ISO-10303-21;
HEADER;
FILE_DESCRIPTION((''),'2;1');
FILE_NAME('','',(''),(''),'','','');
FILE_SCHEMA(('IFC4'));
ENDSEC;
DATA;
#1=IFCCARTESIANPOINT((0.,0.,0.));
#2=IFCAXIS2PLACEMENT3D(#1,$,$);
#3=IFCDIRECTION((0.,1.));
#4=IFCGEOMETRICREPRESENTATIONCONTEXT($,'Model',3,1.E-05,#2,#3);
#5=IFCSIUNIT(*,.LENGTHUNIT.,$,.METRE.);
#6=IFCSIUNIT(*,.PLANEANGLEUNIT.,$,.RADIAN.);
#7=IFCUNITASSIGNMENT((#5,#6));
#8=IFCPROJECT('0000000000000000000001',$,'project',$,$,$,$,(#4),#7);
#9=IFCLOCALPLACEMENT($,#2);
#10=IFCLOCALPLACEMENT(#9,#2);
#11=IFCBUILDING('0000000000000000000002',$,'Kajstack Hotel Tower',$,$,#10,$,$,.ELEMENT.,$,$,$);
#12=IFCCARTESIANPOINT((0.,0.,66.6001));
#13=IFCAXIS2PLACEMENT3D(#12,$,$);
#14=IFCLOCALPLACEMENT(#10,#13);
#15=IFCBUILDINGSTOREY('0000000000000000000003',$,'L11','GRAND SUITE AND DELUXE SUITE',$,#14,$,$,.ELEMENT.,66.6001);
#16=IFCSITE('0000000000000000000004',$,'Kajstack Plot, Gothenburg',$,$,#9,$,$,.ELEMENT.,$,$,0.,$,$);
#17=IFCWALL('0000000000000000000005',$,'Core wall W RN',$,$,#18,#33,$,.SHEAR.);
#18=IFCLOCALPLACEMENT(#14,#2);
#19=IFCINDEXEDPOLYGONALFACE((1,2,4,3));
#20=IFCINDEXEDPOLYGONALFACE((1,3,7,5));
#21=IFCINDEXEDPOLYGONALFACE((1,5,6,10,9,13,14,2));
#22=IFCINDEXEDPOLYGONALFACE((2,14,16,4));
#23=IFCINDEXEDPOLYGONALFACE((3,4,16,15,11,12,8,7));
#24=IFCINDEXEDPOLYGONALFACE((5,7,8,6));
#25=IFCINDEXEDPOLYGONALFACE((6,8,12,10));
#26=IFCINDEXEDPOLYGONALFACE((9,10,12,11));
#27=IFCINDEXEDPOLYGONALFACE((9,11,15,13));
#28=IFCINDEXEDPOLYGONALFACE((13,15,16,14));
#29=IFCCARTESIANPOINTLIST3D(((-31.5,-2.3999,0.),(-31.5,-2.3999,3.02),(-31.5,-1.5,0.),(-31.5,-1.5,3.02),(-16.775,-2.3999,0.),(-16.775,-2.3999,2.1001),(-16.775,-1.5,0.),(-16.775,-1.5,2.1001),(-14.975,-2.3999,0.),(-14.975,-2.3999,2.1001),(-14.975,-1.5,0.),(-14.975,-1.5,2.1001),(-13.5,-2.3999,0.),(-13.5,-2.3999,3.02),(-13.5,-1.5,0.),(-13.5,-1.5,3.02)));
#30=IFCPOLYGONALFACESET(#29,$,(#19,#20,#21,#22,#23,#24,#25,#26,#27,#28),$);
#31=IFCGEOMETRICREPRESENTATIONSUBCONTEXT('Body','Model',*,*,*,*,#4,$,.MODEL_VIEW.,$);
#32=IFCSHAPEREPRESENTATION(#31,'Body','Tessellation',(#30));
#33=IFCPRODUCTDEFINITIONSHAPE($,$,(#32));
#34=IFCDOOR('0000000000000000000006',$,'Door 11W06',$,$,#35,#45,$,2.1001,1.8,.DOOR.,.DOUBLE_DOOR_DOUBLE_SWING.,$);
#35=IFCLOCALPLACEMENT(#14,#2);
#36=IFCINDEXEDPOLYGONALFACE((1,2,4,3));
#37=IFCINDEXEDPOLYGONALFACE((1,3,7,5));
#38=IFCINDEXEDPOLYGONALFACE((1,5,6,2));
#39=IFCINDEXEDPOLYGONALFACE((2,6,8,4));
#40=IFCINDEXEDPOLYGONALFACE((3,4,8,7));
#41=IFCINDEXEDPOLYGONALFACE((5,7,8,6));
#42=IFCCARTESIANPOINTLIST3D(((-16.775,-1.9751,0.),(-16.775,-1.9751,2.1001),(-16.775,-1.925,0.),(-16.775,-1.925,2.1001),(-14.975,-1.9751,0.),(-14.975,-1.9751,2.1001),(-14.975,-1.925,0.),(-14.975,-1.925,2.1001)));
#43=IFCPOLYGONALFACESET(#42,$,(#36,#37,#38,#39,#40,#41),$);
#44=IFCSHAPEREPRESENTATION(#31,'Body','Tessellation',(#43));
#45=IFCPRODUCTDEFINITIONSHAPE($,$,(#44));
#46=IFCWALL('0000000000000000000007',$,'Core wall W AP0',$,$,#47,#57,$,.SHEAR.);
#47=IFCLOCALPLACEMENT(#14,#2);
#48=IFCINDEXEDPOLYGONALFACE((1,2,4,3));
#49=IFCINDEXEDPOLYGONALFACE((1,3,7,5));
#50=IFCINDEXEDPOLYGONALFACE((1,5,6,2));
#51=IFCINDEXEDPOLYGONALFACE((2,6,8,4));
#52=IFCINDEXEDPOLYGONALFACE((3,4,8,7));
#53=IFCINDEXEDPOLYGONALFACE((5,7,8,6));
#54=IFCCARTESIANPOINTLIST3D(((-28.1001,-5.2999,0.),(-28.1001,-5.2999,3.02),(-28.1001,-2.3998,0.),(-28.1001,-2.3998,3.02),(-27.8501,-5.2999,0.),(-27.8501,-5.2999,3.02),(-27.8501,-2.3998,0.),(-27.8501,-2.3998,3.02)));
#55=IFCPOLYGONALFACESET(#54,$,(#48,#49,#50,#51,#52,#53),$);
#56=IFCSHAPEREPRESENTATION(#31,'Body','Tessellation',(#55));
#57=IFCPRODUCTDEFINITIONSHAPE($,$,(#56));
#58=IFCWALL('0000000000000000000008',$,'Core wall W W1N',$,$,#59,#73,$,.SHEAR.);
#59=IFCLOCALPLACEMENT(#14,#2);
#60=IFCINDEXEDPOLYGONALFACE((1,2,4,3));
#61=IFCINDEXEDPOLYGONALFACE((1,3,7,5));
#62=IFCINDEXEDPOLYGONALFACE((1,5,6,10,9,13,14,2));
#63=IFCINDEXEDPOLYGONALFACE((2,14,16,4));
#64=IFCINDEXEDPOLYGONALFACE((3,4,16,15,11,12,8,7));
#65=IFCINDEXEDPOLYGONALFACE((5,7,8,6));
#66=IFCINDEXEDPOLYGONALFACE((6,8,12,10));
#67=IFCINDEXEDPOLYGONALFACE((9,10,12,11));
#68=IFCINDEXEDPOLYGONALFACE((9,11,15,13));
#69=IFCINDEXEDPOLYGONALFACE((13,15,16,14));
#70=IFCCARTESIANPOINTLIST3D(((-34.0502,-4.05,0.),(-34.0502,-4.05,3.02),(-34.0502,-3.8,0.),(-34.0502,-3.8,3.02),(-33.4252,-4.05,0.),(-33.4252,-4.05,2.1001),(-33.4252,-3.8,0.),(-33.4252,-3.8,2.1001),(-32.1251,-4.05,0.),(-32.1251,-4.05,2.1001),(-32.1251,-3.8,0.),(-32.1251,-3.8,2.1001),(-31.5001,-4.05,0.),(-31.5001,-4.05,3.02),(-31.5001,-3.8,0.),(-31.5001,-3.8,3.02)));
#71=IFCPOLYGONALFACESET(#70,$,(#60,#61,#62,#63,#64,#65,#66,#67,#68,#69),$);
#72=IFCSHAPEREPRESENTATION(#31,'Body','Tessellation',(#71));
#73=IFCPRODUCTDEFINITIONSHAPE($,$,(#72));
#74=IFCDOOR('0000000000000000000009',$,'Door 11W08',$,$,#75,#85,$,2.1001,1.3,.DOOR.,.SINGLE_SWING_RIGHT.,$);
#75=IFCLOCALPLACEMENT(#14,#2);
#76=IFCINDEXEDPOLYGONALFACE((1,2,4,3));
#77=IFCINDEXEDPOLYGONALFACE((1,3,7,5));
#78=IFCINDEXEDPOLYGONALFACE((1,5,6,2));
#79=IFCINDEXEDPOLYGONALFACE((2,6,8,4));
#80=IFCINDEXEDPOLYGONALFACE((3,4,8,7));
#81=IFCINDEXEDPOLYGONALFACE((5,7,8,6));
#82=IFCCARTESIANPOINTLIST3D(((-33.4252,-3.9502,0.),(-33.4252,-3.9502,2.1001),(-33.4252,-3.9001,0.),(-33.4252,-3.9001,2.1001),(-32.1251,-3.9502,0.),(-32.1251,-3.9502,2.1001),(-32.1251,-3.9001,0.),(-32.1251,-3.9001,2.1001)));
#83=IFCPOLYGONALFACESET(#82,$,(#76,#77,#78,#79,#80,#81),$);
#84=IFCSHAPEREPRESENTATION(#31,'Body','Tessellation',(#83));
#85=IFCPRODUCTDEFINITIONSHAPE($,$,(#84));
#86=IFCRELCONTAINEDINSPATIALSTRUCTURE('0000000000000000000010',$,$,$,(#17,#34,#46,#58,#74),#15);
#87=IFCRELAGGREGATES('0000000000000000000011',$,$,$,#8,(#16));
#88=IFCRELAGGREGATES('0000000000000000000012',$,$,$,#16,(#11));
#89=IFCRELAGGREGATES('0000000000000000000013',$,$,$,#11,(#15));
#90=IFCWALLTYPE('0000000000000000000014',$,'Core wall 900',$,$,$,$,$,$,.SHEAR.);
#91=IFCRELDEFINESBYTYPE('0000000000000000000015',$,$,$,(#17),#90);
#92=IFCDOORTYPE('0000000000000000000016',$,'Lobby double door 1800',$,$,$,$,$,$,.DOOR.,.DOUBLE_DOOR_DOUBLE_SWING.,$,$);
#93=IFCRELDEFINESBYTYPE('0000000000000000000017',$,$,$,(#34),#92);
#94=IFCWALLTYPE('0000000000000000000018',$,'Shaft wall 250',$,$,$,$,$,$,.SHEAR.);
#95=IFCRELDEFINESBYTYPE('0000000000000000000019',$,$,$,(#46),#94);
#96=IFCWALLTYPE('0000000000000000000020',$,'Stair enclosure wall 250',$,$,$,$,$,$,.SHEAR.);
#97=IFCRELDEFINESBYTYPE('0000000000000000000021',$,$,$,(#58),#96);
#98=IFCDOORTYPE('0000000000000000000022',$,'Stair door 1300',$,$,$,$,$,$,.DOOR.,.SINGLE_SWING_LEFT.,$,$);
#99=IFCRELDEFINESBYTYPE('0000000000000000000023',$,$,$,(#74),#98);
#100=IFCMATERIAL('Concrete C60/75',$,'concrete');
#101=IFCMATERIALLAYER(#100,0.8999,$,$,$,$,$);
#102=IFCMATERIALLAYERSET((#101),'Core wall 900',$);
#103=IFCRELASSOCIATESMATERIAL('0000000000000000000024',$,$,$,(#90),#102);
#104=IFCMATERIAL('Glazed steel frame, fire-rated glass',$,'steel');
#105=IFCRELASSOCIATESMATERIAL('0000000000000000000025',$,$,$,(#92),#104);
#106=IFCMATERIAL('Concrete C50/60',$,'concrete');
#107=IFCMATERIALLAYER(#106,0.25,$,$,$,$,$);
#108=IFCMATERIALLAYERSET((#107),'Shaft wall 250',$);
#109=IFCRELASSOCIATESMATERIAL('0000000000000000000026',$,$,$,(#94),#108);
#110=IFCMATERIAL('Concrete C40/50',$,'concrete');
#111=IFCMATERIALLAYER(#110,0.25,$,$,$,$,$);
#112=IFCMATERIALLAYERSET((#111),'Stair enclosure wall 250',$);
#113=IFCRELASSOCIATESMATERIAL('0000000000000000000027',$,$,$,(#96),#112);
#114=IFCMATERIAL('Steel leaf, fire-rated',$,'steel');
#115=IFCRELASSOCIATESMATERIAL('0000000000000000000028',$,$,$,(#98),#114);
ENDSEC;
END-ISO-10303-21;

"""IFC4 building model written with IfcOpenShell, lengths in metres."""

from ifc_helpers import new_model, si_unit, direction, frame, frame_2d, origin, place, context, subcontext, project, spatial, rectangle, extrude, material, layer, layer_set, type_object, element, fill, save


model = new_model("IFC4")

# Units and contexts
model_context = context("Model", 3, precision=1e-05, world=origin(), true_north=direction((0.0, 1.0)))
body_context = subcontext(model_context, "Body", "Model", "MODEL_VIEW")
ifc_project = project(units=[si_unit("LENGTHUNIT", "METRE"), si_unit("PLANEANGLEUNIT", "RADIAN")], contexts=[model_context])

# Site, building, storey
site_placement = place(None, origin())
site = spatial("IfcSite", under=ifc_project, at=site_placement, Name="Kajstack Plot, Gothenburg", CompositionType="ELEMENT", RefElevation=0.0)
building_placement = place(site_placement, origin())
building = spatial("IfcBuilding", under=site, at=building_placement, Name="Kajstack Hotel Tower", CompositionType="ELEMENT")
storey_placement = place(building_placement, frame((0.0, 0.0, 66.6001)))
storey = spatial("IfcBuildingStorey", under=building, at=storey_placement, Name="L11", Description="GRAND SUITE AND DELUXE SUITE", CompositionType="ELEMENT", Elevation=66.6001)

# Wall, opening, door
ifc_material_1 = material(Name="Concrete C60/75", Category="concrete")
ifc_layer_1 = layer(ifc_material_1, 0.8999)
ifc_layer_set_1 = layer_set([ifc_layer_1], Name="Core wall 900")
wall_type_1 = type_object("IfcWallType", Name="Core wall 900", PredefinedType="SHEAR", material=ifc_layer_set_1)
wall_1_placement = place(storey_placement, frame((-31.5, -1.95, 0.0), z_axis=(0.0, 0.0, 1.0), x_axis=(1.0, 0.0, 0.0)))
wall_1 = element("IfcWall", 1, at=wall_1_placement, inside=storey, type_object=wall_type_1, Name="Core wall W RN", PredefinedType="SHEAR", context=body_context, shape_type="SweptSolid", body=[
    extrude(rectangle(XDim=18.0, YDim=0.8999, at=frame_2d((9.0, 0.0))), origin(), (0.0, 0.0, 1.0), 3.02),
])
opening_1_placement = place(wall_1_placement, frame((14.7251, 0.0, 0.0)))
opening_1 = element("IfcOpeningElement", 2, at=opening_1_placement, cuts=wall_1, PredefinedType="OPENING", context=body_context, shape_type="SweptSolid", body=[
    extrude(rectangle(XDim=1.8, YDim=2.1001, at=frame_2d((0.8999, 1.05))), frame((0.0, 0.46, 0.0), z_axis=(0.0, -1.0, 0.0), x_axis=(1.0, 0.0, 0.0)), (0.0, 0.0, 1.0), 0.9199),
])
ifc_material_2 = material(Name="Glazed steel frame, fire-rated glass", Category="steel")
door_type_1 = type_object("IfcDoorType", Name="Lobby double door 1800", OperationType="DOUBLE_DOOR_DOUBLE_SWING", PredefinedType="DOOR", material=ifc_material_2)
door_1_placement = place(opening_1_placement, origin())
door_1 = element("IfcDoor", 3, at=door_1_placement, inside=storey, type_object=door_type_1, Name="Door 11W06", OperationType="DOUBLE_DOOR_DOUBLE_SWING", OverallHeight=2.1001, OverallWidth=1.8, PredefinedType="DOOR", context=body_context, shape_type="SweptSolid", body=[
    extrude(rectangle(XDim=1.8, YDim=2.1001, at=frame_2d((0.8999, 1.05))), frame((0.0, 0.0249, 0.0), z_axis=(0.0, -1.0, 0.0), x_axis=(1.0, 0.0, 0.0)), (0.0, 0.0, 1.0), 0.05),
])
fill(opening_1, door_1)

# Wall
ifc_material_3 = material(Name="Concrete C50/60", Category="concrete")
ifc_layer_2 = layer(ifc_material_3, 0.25)
ifc_layer_set_2 = layer_set([ifc_layer_2], Name="Shaft wall 250")
wall_type_2 = type_object("IfcWallType", Name="Shaft wall 250", PredefinedType="SHEAR", material=ifc_layer_set_2)
wall_2_placement = place(storey_placement, frame((-27.9751, -5.3, 0.0), z_axis=(0.0, 0.0, 1.0), x_axis=(0.0, 1.0, 0.0)))
element("IfcWall", 4, at=wall_2_placement, inside=storey, type_object=wall_type_2, Name="Core wall W AP0", PredefinedType="SHEAR", context=body_context, shape_type="SweptSolid", body=[
    extrude(rectangle(XDim=2.9001, YDim=0.25, at=frame_2d((1.4502, 0.0))), origin(), (0.0, 0.0, 1.0), 3.02),
])

# Wall, opening, door
ifc_material_4 = material(Name="Concrete C40/50", Category="concrete")
ifc_layer_3 = layer(ifc_material_4, 0.25)
ifc_layer_set_3 = layer_set([ifc_layer_3], Name="Stair enclosure wall 250")
wall_type_3 = type_object("IfcWallType", Name="Stair enclosure wall 250", PredefinedType="SHEAR", material=ifc_layer_set_3)
wall_3_placement = place(storey_placement, frame((-34.05, -3.925, 0.0), z_axis=(0.0, 0.0, 1.0), x_axis=(1.0, 0.0, 0.0)))
wall_3 = element("IfcWall", 5, at=wall_3_placement, inside=storey, type_object=wall_type_3, Name="Core wall W W1N", PredefinedType="SHEAR", context=body_context, shape_type="SweptSolid", body=[
    extrude(rectangle(XDim=2.55, YDim=0.25, at=frame_2d((1.2749, 0.0))), origin(), (0.0, 0.0, 1.0), 3.02),
])
opening_2_placement = place(wall_3_placement, frame((0.625, 0.0, 0.0)))
opening_2 = element("IfcOpeningElement", 6, at=opening_2_placement, cuts=wall_3, PredefinedType="OPENING", context=body_context, shape_type="SweptSolid", body=[
    extrude(rectangle(XDim=1.3, YDim=2.1001, at=frame_2d((0.6499, 1.05))), frame((0.0, 0.135, 0.0), z_axis=(0.0, -1.0, 0.0), x_axis=(1.0, 0.0, 0.0)), (0.0, 0.0, 1.0), 0.27),
])
ifc_material_5 = material(Name="Steel leaf, fire-rated", Category="steel")
door_type_2 = type_object("IfcDoorType", Name="Stair door 1300", OperationType="SINGLE_SWING_LEFT", PredefinedType="DOOR", material=ifc_material_5)
door_2_placement = place(opening_2_placement, origin())
door_2 = element("IfcDoor", 7, at=door_2_placement, inside=storey, type_object=door_type_2, Name="Door 11W08", OperationType="SINGLE_SWING_RIGHT", OverallHeight=2.1001, OverallWidth=1.3, PredefinedType="DOOR", context=body_context, shape_type="SweptSolid", body=[
    extrude(rectangle(XDim=1.3, YDim=2.1001, at=frame_2d((0.6499, 1.05))), frame((0.0, 0.0249, 0.0), z_axis=(0.0, -1.0, 0.0), x_axis=(1.0, 0.0, 0.0)), (0.0, 0.0, 1.0), 0.05),
])
fill(opening_2, door_2)

save(model, "model.ifc")
